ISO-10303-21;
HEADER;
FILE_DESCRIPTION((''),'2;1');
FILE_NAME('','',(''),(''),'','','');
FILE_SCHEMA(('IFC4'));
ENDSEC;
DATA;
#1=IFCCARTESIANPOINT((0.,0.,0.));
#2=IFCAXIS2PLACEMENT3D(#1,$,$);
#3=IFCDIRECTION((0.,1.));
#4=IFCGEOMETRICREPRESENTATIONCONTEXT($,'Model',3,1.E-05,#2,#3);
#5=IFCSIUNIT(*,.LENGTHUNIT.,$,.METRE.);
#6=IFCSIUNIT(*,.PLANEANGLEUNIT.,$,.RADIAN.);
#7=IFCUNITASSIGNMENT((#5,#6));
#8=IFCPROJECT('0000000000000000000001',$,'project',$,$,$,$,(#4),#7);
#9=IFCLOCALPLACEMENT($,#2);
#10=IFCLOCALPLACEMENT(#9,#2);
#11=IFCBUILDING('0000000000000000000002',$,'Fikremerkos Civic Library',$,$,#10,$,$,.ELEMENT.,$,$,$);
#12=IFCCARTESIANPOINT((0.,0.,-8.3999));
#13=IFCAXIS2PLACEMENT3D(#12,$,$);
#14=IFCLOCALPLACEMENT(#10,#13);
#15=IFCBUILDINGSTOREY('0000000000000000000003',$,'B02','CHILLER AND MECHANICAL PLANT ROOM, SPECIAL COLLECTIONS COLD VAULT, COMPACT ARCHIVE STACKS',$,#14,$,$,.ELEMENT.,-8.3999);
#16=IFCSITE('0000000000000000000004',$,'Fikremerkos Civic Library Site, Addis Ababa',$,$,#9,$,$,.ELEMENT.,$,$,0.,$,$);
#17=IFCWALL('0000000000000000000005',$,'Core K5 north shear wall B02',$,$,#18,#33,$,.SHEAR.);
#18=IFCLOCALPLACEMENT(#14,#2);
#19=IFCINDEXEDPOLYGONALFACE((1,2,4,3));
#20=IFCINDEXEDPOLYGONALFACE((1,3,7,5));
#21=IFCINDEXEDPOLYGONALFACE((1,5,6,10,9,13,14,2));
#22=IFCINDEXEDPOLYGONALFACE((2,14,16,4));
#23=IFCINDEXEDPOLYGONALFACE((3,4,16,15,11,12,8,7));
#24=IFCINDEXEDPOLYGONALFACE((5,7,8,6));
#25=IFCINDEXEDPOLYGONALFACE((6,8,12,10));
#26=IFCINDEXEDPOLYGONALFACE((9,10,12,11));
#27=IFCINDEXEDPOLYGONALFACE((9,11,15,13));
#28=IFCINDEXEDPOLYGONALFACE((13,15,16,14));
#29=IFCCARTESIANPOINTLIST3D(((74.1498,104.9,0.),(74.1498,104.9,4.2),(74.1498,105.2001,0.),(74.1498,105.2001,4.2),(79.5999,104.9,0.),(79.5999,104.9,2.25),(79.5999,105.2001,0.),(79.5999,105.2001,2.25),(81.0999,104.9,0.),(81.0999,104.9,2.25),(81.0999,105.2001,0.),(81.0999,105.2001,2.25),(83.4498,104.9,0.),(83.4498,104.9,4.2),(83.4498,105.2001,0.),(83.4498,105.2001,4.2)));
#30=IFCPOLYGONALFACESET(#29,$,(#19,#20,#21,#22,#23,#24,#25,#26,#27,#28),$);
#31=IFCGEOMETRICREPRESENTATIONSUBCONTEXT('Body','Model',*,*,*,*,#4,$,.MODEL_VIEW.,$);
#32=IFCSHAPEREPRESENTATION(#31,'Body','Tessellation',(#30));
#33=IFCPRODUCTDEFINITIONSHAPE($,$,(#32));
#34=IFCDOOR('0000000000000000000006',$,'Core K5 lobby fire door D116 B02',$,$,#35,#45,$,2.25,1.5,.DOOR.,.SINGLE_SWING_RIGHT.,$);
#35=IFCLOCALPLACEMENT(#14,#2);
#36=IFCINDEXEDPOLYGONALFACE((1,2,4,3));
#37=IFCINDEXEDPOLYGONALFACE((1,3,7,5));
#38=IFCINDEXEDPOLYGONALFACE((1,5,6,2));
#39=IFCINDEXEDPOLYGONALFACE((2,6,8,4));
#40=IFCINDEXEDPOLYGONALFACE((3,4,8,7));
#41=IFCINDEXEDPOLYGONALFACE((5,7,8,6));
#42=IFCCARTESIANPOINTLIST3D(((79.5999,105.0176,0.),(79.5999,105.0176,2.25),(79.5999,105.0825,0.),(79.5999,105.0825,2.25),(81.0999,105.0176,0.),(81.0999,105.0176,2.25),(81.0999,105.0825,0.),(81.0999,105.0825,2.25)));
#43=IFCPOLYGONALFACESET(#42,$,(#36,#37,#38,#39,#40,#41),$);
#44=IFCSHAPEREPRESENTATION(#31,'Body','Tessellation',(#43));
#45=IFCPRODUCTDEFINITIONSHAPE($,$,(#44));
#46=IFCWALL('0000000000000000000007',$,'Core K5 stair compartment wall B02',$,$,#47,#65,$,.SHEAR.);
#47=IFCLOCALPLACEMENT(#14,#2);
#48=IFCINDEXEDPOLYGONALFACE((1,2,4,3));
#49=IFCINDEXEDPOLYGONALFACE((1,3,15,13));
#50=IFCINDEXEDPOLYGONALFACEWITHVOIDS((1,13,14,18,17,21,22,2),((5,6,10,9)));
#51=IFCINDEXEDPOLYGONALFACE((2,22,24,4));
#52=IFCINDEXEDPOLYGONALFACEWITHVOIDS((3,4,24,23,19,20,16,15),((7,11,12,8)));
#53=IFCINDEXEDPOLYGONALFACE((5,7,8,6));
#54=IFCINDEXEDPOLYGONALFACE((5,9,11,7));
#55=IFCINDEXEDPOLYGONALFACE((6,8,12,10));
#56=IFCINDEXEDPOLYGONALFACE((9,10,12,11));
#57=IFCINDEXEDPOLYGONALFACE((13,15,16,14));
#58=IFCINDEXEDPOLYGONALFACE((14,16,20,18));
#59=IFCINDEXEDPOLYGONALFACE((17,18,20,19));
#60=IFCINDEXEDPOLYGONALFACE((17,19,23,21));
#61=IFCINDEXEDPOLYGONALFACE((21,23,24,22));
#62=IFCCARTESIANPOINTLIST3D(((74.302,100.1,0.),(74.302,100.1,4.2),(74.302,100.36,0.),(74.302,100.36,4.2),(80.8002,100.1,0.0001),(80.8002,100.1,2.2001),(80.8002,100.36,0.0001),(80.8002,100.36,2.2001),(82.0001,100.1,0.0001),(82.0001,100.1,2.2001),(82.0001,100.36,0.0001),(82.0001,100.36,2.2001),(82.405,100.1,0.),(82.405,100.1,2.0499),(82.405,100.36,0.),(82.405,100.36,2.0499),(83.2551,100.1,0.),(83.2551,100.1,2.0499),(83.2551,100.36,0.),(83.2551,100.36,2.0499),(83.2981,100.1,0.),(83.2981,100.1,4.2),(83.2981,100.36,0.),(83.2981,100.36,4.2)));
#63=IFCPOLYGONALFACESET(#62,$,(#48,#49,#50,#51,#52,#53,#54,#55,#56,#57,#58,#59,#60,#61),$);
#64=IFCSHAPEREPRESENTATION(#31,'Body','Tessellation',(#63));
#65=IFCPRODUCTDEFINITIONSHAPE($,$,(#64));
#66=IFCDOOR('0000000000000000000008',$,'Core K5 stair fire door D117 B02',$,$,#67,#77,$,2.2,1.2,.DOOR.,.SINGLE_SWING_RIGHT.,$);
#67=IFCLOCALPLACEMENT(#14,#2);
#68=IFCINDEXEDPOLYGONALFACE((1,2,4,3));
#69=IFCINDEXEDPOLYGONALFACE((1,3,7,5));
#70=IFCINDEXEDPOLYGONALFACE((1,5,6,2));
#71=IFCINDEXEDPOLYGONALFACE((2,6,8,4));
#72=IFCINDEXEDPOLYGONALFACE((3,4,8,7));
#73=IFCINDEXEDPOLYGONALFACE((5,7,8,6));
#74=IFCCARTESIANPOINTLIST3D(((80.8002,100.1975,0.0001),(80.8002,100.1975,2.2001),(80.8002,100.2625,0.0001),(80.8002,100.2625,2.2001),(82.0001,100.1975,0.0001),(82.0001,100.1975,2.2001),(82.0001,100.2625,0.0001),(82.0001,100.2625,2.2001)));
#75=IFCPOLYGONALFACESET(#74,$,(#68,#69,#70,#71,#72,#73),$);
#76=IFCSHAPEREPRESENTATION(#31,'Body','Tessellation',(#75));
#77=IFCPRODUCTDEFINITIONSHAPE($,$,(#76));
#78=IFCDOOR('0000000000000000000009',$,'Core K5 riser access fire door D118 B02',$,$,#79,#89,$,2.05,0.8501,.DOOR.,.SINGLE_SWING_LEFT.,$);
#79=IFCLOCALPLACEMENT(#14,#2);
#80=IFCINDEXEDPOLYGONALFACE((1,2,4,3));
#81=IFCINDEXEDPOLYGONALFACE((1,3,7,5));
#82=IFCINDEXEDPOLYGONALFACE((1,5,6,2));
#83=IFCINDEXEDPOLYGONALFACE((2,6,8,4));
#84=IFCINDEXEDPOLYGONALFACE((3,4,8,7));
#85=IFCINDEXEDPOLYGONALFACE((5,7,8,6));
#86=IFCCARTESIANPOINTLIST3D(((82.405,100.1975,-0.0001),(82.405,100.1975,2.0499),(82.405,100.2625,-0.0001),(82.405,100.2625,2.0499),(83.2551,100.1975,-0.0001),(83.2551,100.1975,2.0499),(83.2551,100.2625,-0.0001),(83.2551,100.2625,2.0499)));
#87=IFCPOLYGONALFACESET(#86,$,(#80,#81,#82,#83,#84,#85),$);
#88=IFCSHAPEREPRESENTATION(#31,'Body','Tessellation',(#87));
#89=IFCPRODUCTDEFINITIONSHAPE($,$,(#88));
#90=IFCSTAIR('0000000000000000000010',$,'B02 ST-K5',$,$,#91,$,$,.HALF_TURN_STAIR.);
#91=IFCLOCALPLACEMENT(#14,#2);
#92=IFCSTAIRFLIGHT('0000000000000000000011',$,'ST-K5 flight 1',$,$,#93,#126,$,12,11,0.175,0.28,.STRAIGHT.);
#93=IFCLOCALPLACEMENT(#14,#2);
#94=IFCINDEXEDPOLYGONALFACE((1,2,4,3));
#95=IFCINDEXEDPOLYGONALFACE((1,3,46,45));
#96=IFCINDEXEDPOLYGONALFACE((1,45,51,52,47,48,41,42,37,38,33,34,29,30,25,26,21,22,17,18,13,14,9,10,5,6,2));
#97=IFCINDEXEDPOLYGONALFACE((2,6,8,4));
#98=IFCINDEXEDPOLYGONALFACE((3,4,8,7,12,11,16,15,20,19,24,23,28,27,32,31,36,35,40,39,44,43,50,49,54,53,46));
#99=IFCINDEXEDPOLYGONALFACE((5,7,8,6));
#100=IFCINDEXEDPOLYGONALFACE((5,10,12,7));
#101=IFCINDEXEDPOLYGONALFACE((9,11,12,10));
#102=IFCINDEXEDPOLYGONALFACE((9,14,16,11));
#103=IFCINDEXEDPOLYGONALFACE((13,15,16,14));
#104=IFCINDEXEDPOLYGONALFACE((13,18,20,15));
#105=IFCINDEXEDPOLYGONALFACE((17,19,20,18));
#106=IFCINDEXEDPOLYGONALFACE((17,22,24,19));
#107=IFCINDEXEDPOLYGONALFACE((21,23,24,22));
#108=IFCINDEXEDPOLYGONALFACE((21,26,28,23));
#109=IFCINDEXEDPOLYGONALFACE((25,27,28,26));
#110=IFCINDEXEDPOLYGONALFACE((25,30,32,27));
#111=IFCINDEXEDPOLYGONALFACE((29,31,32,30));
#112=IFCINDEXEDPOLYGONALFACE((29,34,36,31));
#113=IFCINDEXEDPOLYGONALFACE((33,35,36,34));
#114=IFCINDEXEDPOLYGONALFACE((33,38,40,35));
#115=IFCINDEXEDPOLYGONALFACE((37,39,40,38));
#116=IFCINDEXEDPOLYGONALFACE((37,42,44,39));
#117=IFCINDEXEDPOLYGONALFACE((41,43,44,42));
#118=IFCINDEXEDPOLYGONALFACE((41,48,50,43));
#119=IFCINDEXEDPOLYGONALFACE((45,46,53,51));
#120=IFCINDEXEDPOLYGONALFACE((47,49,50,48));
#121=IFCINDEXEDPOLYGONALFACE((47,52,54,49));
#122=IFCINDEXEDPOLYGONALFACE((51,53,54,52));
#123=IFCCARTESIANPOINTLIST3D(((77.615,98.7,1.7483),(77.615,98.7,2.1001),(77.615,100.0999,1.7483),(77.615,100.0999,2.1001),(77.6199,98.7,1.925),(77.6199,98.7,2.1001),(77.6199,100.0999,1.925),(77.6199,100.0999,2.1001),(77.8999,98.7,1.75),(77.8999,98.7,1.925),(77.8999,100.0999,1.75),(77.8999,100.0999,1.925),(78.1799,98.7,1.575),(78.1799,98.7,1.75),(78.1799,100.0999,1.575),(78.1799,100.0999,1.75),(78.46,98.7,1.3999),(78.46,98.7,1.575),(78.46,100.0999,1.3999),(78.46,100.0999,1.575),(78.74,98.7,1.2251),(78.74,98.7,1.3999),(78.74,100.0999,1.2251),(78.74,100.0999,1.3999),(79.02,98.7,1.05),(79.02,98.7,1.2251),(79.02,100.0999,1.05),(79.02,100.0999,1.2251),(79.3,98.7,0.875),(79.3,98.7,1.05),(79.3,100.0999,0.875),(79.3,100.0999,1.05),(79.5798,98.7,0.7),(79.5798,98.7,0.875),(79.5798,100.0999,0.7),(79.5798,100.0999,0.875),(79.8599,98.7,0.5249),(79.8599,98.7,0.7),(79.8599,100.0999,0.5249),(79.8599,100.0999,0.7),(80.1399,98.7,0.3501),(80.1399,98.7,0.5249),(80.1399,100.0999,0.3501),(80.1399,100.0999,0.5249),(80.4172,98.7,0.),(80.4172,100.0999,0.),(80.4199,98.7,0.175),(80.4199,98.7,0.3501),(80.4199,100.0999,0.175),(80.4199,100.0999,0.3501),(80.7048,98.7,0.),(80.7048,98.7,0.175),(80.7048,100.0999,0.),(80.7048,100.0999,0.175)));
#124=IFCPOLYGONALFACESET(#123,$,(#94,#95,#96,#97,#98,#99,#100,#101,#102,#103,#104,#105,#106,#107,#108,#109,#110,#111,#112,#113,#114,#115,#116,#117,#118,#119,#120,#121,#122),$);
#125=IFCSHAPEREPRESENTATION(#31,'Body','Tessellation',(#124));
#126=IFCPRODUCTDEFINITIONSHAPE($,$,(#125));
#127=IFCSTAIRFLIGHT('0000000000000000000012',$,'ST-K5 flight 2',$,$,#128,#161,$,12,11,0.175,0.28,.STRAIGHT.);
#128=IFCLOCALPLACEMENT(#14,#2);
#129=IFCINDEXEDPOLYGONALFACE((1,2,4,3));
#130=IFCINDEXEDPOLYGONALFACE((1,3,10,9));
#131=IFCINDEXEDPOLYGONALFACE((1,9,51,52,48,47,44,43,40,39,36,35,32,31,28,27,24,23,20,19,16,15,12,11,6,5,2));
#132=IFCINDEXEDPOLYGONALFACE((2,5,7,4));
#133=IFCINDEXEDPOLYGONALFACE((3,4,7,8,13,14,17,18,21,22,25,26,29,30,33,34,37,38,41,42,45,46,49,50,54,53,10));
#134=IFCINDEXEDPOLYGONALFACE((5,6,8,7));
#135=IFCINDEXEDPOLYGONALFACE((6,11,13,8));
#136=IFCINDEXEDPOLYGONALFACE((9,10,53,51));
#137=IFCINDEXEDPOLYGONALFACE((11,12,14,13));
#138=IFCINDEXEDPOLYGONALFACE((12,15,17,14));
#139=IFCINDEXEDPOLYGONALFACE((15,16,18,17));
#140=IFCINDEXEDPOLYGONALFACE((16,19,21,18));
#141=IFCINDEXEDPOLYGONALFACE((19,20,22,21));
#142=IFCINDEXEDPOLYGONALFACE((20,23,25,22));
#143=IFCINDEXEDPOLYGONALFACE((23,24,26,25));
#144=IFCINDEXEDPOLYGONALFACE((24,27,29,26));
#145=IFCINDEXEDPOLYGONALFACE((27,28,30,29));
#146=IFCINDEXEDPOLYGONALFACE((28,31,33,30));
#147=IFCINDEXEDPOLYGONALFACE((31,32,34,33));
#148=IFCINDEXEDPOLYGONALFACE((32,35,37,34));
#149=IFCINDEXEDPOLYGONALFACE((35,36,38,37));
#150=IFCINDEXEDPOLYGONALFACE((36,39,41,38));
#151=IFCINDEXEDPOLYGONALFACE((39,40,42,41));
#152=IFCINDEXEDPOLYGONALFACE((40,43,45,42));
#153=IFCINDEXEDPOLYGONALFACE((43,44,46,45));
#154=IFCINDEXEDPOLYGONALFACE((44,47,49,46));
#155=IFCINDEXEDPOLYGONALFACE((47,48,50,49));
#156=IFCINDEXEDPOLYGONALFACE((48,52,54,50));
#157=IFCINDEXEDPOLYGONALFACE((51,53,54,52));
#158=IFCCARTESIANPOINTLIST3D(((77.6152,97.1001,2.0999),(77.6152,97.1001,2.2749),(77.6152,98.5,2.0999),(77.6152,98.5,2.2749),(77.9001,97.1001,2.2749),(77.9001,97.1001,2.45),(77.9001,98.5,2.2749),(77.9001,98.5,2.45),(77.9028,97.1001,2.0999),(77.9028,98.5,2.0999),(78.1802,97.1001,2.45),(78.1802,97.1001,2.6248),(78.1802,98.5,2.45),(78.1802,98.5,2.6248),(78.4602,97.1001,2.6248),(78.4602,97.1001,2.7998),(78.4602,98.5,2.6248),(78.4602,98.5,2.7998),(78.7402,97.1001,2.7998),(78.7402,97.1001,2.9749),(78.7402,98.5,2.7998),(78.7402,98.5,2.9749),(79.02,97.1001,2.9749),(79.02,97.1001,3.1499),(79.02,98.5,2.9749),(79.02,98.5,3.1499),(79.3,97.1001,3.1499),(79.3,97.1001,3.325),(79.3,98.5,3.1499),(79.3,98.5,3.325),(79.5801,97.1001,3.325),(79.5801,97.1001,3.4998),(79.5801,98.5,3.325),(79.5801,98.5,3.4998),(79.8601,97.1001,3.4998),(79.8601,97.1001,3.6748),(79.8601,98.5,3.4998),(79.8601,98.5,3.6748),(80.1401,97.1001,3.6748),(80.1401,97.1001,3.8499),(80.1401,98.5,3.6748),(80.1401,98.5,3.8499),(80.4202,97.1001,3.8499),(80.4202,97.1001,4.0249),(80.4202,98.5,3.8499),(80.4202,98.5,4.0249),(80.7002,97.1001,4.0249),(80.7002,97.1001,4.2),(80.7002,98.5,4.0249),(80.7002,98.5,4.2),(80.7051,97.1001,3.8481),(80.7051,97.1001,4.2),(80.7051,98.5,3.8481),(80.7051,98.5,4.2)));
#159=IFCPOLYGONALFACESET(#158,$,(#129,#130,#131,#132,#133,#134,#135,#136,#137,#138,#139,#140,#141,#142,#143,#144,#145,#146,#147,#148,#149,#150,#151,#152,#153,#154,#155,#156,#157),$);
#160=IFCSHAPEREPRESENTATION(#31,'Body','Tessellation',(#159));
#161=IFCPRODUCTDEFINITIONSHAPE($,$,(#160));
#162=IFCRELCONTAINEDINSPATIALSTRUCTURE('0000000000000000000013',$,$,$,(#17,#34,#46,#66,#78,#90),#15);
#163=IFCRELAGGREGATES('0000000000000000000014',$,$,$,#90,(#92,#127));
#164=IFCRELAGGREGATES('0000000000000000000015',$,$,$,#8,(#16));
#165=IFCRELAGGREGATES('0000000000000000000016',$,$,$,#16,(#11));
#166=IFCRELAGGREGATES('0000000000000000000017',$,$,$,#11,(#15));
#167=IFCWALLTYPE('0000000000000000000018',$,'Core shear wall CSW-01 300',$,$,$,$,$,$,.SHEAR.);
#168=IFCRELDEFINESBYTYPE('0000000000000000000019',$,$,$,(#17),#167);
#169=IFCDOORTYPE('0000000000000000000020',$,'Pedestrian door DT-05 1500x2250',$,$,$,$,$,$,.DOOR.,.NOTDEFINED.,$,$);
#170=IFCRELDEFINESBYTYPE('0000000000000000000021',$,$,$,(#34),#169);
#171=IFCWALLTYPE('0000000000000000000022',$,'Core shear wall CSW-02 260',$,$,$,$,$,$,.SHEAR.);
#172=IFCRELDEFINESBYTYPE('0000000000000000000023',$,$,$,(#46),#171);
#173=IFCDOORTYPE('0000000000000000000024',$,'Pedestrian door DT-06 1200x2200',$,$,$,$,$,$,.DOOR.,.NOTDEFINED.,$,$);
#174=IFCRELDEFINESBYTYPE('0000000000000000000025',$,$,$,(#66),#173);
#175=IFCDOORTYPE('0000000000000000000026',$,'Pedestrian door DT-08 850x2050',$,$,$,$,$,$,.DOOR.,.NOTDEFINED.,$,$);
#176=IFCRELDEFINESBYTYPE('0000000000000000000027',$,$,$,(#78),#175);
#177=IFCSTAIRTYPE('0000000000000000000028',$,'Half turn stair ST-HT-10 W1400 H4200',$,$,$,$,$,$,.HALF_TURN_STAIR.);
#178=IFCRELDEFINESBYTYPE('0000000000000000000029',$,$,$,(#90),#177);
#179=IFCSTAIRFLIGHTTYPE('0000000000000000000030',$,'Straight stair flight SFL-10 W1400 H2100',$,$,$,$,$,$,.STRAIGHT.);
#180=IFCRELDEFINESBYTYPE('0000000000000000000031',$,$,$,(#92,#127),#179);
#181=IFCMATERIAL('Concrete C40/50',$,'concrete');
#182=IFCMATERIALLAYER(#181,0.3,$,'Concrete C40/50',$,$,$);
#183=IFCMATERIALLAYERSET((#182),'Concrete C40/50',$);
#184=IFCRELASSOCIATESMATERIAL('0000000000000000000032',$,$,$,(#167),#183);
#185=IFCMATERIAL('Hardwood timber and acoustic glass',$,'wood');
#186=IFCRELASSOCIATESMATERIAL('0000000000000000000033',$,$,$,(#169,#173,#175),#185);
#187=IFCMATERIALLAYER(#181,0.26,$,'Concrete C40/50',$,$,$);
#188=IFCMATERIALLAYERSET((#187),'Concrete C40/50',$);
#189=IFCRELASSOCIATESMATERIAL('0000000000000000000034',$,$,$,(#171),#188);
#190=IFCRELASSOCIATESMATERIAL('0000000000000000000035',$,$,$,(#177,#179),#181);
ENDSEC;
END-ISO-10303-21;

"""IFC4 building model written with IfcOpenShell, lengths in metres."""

from ifc_helpers import new_model, si_unit, direction, frame, frame_2d, origin, place, context, subcontext, project, spatial, polyline, rectangle, outline, extrude, material, layer, layer_set, type_object, element, fill, aggregate, save


model = new_model("IFC4")

# Units and contexts
model_context = context("Model", 3, precision=1e-05, world=origin(), true_north=direction((0.0, 1.0)))
body_context = subcontext(model_context, "Body", "Model", "MODEL_VIEW")
ifc_project = project(units=[si_unit("LENGTHUNIT", "METRE"), si_unit("PLANEANGLEUNIT", "RADIAN")], contexts=[model_context])

# Site, building, storey
site_placement = place(None, origin())
site = spatial("IfcSite", under=ifc_project, at=site_placement, Name="Fikremerkos Civic Library Site, Addis Ababa", CompositionType="ELEMENT", RefElevation=0.0)
building_placement = place(site_placement, origin())
building = spatial("IfcBuilding", under=site, at=building_placement, Name="Fikremerkos Civic Library", CompositionType="ELEMENT")
storey_placement = place(building_placement, frame((0.0, 0.0, -8.3999)))
storey = spatial("IfcBuildingStorey", under=building, at=storey_placement, Name="B02", Description="CHILLER AND MECHANICAL PLANT ROOM, SPECIAL COLLECTIONS COLD VAULT, COMPACT ARCHIVE STACKS", CompositionType="ELEMENT", Elevation=-8.3999)

# Shared definitions
ifc_material_1 = material(Name="Concrete C40/50", Category="concrete")

# Wall, opening, door
ifc_layer_1 = layer(ifc_material_1, 0.3, Name="Concrete C40/50")
ifc_layer_set_1 = layer_set([ifc_layer_1], Name="Concrete C40/50")
wall_type_1 = type_object("IfcWallType", Name="Core shear wall CSW-01 300", PredefinedType="SHEAR", material=ifc_layer_set_1)
wall_1_placement = place(storey_placement, frame((74.1499, 105.05, 0.0), z_axis=(0.0, 0.0, 1.0), x_axis=(1.0, 0.0, 0.0)))
wall_1 = element("IfcWall", 1, at=wall_1_placement, inside=storey, type_object=wall_type_1, Name="Core K5 north shear wall B02", PredefinedType="SHEAR", context=body_context, shape_type="SweptSolid", body=[
    extrude(rectangle(XDim=9.3, YDim=0.3, at=frame_2d((4.6499, 0.0))), origin(), (0.0, 0.0, 1.0), 4.2),
])
opening_1_placement = place(wall_1_placement, frame((5.45, 0.0, 0.0)))
opening_1 = element("IfcOpeningElement", 2, at=opening_1_placement, cuts=wall_1, PredefinedType="OPENING", context=body_context, shape_type="SweptSolid", body=[
    extrude(rectangle(XDim=1.5, YDim=2.25, at=frame_2d((0.75, 1.125))), frame((0.0, 0.1599, 0.0), z_axis=(0.0, -1.0, 0.0), x_axis=(1.0, 0.0, 0.0)), (0.0, 0.0, 1.0), 0.3201),
])
ifc_material_2 = material(Name="Hardwood timber and acoustic glass", Category="wood")
door_type_1 = type_object("IfcDoorType", Name="Pedestrian door DT-05 1500x2250", OperationType="NOTDEFINED", PredefinedType="DOOR", material=ifc_material_2)
door_1_placement = place(opening_1_placement, origin())
door_1 = element("IfcDoor", 3, at=door_1_placement, inside=storey, type_object=door_type_1, Name="Core K5 lobby fire door D116 B02", OperationType="SINGLE_SWING_RIGHT", OverallHeight=2.25, OverallWidth=1.5, PredefinedType="DOOR", context=body_context, shape_type="SweptSolid", body=[
    extrude(rectangle(XDim=1.5, YDim=2.25, at=frame_2d((0.75, 1.125))), frame((0.0, 0.0325, 0.0), z_axis=(0.0, -1.0, 0.0), x_axis=(1.0, 0.0, 0.0)), (0.0, 0.0, 1.0), 0.0649),
])
fill(opening_1, door_1)

# Wall, openings, doors
ifc_layer_2 = layer(ifc_material_1, 0.26, Name="Concrete C40/50")
ifc_layer_set_2 = layer_set([ifc_layer_2], Name="Concrete C40/50")
wall_type_2 = type_object("IfcWallType", Name="Core shear wall CSW-02 260", PredefinedType="SHEAR", material=ifc_layer_set_2)
wall_2_placement = place(storey_placement, frame((74.302, 100.23, 0.0), z_axis=(0.0, 0.0, 1.0), x_axis=(1.0, 0.0, 0.0)))
wall_2 = element("IfcWall", 4, at=wall_2_placement, inside=storey, type_object=wall_type_2, Name="Core K5 stair compartment wall B02", PredefinedType="SHEAR", context=body_context, shape_type="SweptSolid", body=[
    extrude(rectangle(XDim=8.9961, YDim=0.26, at=frame_2d((4.498, 0.0))), origin(), (0.0, 0.0, 1.0), 4.2),
])
opening_2_placement = place(wall_2_placement, frame((6.498, 0.0, 0.0)))
opening_2 = element("IfcOpeningElement", 5, at=opening_2_placement, cuts=wall_2, PredefinedType="OPENING", context=body_context, shape_type="SweptSolid", body=[
    extrude(rectangle(XDim=1.2, YDim=2.2, at=frame_2d((0.6001, 1.1001))), frame((0.0, 0.1399, 0.0), z_axis=(0.0, -1.0, 0.0), x_axis=(1.0, 0.0, 0.0)), (0.0, 0.0, 1.0), 0.28),
])
opening_3_placement = place(wall_2_placement, frame((8.103, 0.0, 0.0)))
opening_3 = element("IfcOpeningElement", 6, at=opening_3_placement, cuts=wall_2, PredefinedType="OPENING", context=body_context, shape_type="SweptSolid", body=[
    extrude(rectangle(XDim=0.8501, YDim=2.05, at=frame_2d((0.425, 1.0249))), frame((0.0, 0.1399, 0.0), z_axis=(0.0, -1.0, 0.0), x_axis=(1.0, 0.0, 0.0)), (0.0, 0.0, 1.0), 0.28),
])
door_type_2 = type_object("IfcDoorType", Name="Pedestrian door DT-06 1200x2200", OperationType="NOTDEFINED", PredefinedType="DOOR", material=ifc_material_2)
door_2_placement = place(opening_2_placement, origin())
door_2 = element("IfcDoor", 7, at=door_2_placement, inside=storey, type_object=door_type_2, Name="Core K5 stair fire door D117 B02", OperationType="SINGLE_SWING_RIGHT", OverallHeight=2.2, OverallWidth=1.2, PredefinedType="DOOR", context=body_context, shape_type="SweptSolid", body=[
    extrude(rectangle(XDim=1.2, YDim=2.2, at=frame_2d((0.6001, 1.1001))), frame((0.0, 0.0325, 0.0), z_axis=(0.0, -1.0, 0.0), x_axis=(1.0, 0.0, 0.0)), (0.0, 0.0, 1.0), 0.0649),
])
fill(opening_2, door_2)
door_type_3 = type_object("IfcDoorType", Name="Pedestrian door DT-08 850x2050", OperationType="NOTDEFINED", PredefinedType="DOOR", material=ifc_material_2)
door_3_placement = place(opening_3_placement, origin())
door_3 = element("IfcDoor", 8, at=door_3_placement, inside=storey, type_object=door_type_3, Name="Core K5 riser access fire door D118 B02", OperationType="SINGLE_SWING_LEFT", OverallHeight=2.05, OverallWidth=0.8501, PredefinedType="DOOR", context=body_context, shape_type="SweptSolid", body=[
    extrude(rectangle(XDim=0.8501, YDim=2.05, at=frame_2d((0.425, 1.0249))), frame((0.0, 0.0325, 0.0), z_axis=(0.0, -1.0, 0.0), x_axis=(1.0, 0.0, 0.0)), (0.0, 0.0, 1.0), 0.0649),
])
fill(opening_3, door_3)

# Stair, stair flights
stair_type = type_object("IfcStairType", Name="Half turn stair ST-HT-10 W1400 H4200", PredefinedType="HALF_TURN_STAIR", material=ifc_material_1)
stair_placement = place(storey_placement, origin())
stair = element("IfcStair", 9, at=stair_placement, inside=storey, type_object=stair_type, Name="B02 ST-K5", PredefinedType="HALF_TURN_STAIR")
stair_flight_type = type_object("IfcStairFlightType", Name="Straight stair flight SFL-10 W1400 H2100", PredefinedType="STRAIGHT", material=ifc_material_1)
stair_flight_1_placement = place(storey_placement, frame((80.7, 99.3999, 0.0), z_axis=(0.0, 0.0, 1.0), x_axis=(-1.0, 0.0, 0.0)))
stair_flight_1 = element("IfcStairFlight", 10, at=stair_flight_1_placement, type_object=stair_flight_type, Name="ST-K5 flight 1", NumberOfRisers=12, NumberOfTreads=11, PredefinedType="STRAIGHT", RiserHeight=0.175, TreadLength=0.28, context=body_context, shape_type="SweptSolid", body=[
    extrude(outline(polyline([(-0.0049, 0.0), (-0.0049, 0.175), (0.28, 0.175), (0.28, 0.3501), (0.5601, 0.3501), (0.5601, 0.5249), (0.8401, 0.5249), (0.8401, 0.7), (1.1201, 0.7), (1.1201, 0.875), (1.3999, 0.875), (1.3999, 1.05), (1.6799, 1.05), (1.6799, 1.2251), (1.96, 1.2251), (1.96, 1.3999), (2.24, 1.3999), (2.24, 1.575), (2.52, 1.575), (2.52, 1.75), (2.8, 1.75), (2.8, 1.925), (3.0801, 1.925), (3.0801, 2.1001), (3.085, 2.1001), (3.085, 1.7483), (0.2827, 0.0), (-0.0049, 0.0)])), frame((0.0, 0.7, 0.0), z_axis=(0.0, -1.0, 0.0), x_axis=(1.0, 0.0, 0.0)), (0.0, 0.0, 1.0), 1.3999),
])
stair_flight_2_placement = place(storey_placement, frame((77.6201, 97.8, 2.0999), z_axis=(0.0, 0.0, 1.0), x_axis=(1.0, 0.0, 0.0)))
stair_flight_2 = element("IfcStairFlight", 11, at=stair_flight_2_placement, type_object=stair_flight_type, Name="ST-K5 flight 2", NumberOfRisers=12, NumberOfTreads=11, PredefinedType="STRAIGHT", RiserHeight=0.175, TreadLength=0.28, context=body_context, shape_type="SweptSolid", body=[
    extrude(outline(polyline([(-0.0049, 0.0), (-0.0049, 0.175), (0.28, 0.175), (0.28, 0.3501), (0.5601, 0.3501), (0.5601, 0.5249), (0.8401, 0.5249), (0.8401, 0.7), (1.1201, 0.7), (1.1201, 0.875), (1.3999, 0.875), (1.3999, 1.05), (1.6799, 1.05), (1.6799, 1.2251), (1.96, 1.2251), (1.96, 1.3999), (2.24, 1.3999), (2.24, 1.575), (2.52, 1.575), (2.52, 1.75), (2.8, 1.75), (2.8, 1.925), (3.0801, 1.925), (3.0801, 2.1001), (3.085, 2.1001), (3.085, 1.7483), (0.2827, 0.0), (-0.0049, 0.0)])), frame((0.0, 0.7, 0.0), z_axis=(0.0, -1.0, 0.0), x_axis=(1.0, 0.0, 0.0)), (0.0, 0.0, 1.0), 1.3999),
])
aggregate(stair, [stair_flight_1, stair_flight_2])

save(model, "model.ifc")
